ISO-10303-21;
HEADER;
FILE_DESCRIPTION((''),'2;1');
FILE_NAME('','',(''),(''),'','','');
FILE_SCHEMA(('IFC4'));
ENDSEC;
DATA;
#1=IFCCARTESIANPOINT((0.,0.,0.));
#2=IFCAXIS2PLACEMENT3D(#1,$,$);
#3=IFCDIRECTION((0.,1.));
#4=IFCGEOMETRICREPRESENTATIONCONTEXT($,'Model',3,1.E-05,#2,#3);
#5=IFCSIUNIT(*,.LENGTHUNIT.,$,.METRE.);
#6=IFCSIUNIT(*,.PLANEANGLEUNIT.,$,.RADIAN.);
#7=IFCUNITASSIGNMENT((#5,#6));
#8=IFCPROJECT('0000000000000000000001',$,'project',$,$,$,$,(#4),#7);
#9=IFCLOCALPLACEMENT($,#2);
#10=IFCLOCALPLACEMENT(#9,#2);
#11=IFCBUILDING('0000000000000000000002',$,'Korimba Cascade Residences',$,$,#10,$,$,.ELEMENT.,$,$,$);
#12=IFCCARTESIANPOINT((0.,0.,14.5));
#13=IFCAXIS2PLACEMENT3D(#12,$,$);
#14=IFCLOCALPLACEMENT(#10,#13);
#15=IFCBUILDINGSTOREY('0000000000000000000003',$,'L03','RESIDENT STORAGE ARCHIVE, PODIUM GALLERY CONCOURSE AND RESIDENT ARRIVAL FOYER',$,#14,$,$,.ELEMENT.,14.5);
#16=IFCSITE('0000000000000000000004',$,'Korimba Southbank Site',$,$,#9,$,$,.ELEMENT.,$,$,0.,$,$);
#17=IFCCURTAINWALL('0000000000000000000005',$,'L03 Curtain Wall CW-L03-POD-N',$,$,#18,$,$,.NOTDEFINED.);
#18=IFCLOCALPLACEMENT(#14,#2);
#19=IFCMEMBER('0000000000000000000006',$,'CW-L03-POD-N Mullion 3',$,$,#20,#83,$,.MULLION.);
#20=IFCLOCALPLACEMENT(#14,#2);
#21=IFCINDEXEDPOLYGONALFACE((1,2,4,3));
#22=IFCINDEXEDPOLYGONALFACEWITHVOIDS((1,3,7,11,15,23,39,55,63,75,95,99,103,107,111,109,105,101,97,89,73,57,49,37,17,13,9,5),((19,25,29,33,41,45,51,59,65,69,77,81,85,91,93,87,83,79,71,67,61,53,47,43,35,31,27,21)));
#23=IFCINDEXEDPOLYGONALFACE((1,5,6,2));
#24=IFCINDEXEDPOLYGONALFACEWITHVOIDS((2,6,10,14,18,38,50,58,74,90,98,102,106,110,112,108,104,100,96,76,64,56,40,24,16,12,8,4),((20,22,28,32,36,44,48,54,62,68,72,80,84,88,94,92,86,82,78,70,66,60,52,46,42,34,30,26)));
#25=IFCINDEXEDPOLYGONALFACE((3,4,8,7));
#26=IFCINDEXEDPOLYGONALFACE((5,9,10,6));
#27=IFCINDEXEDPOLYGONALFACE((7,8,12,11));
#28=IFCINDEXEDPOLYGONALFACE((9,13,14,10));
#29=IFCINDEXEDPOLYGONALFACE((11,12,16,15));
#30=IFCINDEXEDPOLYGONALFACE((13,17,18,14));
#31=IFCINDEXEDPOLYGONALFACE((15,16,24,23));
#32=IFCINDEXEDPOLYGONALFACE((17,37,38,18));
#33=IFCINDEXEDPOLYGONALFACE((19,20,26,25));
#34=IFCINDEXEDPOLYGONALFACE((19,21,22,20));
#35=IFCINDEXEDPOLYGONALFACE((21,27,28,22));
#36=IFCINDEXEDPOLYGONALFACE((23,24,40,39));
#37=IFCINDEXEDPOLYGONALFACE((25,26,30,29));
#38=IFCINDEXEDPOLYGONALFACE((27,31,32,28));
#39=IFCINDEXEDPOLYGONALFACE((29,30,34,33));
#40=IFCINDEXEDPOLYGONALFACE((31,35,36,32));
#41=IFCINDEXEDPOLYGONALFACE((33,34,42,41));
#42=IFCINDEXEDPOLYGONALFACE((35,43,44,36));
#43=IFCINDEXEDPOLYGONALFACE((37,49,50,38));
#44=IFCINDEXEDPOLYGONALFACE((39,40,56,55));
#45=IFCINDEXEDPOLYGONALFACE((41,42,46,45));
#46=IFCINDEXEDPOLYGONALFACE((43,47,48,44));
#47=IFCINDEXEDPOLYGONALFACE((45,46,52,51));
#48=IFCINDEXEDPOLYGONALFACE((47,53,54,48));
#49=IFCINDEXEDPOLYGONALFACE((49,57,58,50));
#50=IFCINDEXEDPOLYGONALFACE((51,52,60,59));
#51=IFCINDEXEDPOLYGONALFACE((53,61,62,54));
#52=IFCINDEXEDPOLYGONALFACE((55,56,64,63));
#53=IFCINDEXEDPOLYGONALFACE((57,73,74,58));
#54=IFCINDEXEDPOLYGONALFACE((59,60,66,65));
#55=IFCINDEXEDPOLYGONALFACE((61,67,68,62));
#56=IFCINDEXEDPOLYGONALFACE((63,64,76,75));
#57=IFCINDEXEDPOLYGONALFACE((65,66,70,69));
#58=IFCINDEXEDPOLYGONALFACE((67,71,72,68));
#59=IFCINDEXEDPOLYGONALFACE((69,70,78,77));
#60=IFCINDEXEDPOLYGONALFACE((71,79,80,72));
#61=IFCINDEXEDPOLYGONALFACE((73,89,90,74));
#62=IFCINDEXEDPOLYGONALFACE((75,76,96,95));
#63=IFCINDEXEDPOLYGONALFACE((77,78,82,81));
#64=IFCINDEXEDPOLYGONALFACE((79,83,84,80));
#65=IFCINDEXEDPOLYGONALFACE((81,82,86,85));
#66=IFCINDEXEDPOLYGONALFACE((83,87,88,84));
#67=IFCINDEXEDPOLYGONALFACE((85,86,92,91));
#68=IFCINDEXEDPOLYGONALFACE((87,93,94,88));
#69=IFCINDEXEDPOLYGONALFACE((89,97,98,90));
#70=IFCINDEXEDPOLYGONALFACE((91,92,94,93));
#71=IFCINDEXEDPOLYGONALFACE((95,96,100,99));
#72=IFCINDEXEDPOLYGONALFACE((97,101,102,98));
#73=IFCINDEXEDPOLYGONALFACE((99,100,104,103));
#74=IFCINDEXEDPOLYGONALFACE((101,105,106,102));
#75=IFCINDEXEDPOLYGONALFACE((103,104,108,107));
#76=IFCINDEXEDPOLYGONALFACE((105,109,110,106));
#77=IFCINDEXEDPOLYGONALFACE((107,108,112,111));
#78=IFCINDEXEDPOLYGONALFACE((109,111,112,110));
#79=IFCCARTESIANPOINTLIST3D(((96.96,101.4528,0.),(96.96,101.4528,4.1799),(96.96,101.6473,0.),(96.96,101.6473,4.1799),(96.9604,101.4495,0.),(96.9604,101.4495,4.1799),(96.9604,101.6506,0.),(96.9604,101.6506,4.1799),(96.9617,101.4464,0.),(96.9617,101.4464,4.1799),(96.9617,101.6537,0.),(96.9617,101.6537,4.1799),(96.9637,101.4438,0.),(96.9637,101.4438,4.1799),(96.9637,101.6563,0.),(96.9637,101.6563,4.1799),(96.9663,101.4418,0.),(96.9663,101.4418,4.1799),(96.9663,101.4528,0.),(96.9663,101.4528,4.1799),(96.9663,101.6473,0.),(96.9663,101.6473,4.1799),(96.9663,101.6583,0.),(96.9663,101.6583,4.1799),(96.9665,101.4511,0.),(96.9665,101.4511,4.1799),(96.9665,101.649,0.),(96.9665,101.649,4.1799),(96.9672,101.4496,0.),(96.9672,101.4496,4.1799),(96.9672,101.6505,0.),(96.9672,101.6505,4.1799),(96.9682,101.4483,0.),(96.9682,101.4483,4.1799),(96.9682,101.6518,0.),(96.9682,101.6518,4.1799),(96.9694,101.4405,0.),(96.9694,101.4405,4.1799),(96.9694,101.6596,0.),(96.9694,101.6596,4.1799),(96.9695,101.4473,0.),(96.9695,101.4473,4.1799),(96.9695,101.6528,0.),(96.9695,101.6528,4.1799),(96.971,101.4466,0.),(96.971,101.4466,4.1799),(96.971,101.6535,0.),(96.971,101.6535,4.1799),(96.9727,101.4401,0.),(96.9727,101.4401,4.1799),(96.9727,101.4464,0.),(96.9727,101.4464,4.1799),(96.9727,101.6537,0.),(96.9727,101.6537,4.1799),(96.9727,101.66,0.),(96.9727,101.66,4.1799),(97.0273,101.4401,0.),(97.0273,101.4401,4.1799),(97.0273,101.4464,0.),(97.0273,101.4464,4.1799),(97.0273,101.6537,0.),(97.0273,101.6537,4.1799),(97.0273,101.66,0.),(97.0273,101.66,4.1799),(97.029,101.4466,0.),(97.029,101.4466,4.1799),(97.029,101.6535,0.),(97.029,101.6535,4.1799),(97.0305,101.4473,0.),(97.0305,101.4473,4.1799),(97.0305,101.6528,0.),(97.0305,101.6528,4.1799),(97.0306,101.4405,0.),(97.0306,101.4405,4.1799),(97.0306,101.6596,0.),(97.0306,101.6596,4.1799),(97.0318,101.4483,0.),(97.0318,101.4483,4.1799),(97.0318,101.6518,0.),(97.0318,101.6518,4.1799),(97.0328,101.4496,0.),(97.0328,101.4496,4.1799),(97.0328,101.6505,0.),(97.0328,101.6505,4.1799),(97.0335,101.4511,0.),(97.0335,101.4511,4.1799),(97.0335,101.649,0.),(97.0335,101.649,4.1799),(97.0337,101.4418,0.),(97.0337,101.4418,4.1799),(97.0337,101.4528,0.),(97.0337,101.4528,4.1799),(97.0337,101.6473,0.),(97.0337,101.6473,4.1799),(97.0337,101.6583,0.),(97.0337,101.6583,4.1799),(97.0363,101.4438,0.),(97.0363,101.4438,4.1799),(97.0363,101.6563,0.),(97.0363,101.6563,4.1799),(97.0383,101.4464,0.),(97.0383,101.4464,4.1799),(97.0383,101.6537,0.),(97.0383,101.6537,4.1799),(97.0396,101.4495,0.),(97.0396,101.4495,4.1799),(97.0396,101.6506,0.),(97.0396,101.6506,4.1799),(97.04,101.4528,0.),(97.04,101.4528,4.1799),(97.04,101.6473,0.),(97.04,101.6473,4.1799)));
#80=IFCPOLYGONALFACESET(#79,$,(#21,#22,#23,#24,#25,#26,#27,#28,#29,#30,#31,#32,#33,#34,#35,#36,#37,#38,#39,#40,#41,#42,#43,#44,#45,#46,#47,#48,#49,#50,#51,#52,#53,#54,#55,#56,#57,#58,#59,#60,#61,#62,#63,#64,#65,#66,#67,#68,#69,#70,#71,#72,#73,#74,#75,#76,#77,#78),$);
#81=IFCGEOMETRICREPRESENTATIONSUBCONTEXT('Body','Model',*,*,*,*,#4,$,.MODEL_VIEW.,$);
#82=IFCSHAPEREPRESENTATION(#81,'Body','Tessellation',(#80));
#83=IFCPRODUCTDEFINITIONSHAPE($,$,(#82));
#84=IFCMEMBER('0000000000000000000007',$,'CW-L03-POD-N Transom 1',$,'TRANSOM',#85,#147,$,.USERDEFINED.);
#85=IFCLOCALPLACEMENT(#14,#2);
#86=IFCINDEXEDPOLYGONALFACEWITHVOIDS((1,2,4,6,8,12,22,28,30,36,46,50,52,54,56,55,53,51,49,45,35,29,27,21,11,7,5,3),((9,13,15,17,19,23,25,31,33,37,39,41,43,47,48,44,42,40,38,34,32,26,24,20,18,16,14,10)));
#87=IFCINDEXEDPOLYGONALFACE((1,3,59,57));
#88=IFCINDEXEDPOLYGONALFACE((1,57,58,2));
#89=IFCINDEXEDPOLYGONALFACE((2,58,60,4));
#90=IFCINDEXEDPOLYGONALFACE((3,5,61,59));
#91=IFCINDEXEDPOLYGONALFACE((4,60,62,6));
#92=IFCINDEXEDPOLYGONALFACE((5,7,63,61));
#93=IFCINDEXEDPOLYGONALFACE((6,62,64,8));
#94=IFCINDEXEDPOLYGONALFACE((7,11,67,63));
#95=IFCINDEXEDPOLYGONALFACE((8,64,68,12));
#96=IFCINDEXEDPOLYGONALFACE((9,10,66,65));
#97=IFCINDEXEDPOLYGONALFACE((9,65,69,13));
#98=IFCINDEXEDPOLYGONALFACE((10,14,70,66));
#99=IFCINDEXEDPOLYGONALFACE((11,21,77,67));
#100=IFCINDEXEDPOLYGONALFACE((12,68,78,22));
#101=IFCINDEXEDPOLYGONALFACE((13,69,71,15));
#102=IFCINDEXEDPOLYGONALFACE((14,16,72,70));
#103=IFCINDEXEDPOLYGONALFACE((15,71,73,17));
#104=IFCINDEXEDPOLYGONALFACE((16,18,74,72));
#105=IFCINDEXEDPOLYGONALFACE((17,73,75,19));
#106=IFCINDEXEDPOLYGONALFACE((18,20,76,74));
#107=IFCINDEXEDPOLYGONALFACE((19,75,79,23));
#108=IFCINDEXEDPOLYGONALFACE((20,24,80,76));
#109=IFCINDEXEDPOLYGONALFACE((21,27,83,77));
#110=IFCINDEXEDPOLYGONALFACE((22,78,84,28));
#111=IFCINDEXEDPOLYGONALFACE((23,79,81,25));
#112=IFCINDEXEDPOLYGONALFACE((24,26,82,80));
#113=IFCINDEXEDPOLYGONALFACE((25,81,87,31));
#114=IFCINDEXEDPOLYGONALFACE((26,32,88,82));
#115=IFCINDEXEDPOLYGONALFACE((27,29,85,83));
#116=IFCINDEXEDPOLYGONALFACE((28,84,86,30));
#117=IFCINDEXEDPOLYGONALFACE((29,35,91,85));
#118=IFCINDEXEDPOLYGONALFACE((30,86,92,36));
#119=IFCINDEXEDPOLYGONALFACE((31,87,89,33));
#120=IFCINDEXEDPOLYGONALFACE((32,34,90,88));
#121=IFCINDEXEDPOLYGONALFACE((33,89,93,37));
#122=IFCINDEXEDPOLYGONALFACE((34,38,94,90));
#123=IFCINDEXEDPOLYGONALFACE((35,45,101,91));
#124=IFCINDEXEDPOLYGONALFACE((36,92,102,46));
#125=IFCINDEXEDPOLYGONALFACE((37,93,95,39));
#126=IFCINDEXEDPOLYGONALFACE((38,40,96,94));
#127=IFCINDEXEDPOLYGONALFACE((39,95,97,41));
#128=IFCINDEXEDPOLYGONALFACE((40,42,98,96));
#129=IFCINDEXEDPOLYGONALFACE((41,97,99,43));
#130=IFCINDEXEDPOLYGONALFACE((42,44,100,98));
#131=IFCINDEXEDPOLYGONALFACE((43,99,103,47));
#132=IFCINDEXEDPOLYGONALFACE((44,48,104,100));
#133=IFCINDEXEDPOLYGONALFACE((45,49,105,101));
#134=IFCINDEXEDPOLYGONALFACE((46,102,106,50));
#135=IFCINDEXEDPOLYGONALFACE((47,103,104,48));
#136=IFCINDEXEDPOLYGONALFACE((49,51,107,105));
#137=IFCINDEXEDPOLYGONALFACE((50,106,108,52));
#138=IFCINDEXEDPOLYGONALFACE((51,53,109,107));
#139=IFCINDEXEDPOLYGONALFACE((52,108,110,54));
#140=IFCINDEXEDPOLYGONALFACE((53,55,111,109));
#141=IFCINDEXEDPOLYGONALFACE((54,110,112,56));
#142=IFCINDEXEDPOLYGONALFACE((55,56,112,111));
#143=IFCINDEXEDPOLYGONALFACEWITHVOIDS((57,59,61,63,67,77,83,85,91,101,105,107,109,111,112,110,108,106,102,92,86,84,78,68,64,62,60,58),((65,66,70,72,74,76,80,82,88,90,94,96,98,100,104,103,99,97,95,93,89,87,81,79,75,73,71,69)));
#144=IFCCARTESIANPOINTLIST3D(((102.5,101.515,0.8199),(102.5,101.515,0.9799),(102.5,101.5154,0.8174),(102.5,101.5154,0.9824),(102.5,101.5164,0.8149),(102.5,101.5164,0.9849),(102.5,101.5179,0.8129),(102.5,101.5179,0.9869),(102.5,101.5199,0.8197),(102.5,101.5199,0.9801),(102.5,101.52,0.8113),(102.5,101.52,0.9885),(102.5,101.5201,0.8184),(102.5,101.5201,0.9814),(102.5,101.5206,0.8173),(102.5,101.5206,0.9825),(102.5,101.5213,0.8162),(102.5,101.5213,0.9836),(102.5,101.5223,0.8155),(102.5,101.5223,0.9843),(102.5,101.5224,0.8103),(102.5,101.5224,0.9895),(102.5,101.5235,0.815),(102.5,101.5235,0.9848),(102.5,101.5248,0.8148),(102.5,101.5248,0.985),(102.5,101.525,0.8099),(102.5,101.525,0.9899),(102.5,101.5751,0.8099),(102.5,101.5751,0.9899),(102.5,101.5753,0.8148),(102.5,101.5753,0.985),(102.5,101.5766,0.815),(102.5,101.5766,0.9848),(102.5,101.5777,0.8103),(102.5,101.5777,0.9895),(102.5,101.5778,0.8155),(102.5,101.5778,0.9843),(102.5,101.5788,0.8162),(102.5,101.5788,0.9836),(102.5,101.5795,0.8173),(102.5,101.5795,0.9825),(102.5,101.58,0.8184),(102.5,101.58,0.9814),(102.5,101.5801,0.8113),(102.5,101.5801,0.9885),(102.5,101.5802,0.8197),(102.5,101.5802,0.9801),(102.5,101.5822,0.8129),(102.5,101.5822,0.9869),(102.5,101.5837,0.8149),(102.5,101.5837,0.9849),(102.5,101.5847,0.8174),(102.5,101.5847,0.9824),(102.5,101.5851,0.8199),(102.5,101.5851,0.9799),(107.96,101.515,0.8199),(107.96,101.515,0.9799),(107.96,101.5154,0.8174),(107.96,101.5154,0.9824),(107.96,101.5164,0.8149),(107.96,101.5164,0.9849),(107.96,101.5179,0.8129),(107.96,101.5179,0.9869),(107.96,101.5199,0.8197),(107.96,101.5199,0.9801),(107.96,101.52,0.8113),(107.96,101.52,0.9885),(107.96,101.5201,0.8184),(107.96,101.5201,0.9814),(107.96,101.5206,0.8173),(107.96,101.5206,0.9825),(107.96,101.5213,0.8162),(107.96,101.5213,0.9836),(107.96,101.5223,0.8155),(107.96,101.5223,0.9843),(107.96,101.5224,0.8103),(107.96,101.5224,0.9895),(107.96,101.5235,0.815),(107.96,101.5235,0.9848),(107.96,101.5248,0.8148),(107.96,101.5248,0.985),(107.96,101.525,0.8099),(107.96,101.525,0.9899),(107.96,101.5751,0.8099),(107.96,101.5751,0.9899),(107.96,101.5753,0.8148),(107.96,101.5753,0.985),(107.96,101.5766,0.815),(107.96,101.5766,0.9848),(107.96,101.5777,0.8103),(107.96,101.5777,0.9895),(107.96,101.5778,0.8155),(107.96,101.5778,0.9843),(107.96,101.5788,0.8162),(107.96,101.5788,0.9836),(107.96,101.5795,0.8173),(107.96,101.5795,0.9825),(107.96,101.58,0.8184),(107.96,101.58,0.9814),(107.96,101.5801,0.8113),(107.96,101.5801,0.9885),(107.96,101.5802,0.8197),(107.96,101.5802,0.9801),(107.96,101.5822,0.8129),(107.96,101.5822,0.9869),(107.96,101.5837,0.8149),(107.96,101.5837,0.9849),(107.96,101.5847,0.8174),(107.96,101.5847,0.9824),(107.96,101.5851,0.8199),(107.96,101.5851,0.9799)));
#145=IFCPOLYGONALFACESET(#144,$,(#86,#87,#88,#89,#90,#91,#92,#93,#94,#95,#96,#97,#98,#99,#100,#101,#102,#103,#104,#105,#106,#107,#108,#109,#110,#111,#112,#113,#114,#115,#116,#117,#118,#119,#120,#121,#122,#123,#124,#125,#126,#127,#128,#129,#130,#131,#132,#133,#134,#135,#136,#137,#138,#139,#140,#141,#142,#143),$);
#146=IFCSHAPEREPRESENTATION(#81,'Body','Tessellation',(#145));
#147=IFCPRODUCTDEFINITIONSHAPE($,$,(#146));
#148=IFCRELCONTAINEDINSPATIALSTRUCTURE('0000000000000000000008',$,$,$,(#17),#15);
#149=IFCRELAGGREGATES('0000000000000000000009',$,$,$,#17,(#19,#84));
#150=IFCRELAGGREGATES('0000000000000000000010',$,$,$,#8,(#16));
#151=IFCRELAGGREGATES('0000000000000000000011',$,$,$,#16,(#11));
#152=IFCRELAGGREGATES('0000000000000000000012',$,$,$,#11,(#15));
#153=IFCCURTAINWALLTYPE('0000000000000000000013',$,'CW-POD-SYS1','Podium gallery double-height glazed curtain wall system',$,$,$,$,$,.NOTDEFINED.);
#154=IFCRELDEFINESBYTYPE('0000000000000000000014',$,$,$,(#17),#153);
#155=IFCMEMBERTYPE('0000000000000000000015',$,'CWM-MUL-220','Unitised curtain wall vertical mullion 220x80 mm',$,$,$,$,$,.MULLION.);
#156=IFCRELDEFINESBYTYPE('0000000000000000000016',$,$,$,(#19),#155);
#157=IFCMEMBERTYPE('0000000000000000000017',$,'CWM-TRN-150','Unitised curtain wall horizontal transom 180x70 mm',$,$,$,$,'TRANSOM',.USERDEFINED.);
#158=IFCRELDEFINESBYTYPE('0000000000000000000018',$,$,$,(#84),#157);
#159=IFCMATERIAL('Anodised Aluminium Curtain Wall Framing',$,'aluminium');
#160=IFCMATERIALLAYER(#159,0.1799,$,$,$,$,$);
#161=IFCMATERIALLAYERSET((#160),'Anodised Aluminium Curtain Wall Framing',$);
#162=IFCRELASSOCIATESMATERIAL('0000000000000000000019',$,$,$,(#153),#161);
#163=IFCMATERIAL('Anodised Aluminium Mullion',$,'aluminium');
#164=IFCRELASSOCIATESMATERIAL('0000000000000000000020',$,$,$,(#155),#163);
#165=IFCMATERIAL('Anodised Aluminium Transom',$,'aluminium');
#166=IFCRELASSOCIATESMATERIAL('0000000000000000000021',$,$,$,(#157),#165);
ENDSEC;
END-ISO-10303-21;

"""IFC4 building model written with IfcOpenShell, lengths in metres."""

from ifc_helpers import new_model, si_unit, direction, frame, origin, origin_2d, place, context, subcontext, project, spatial, hollow_rectangle, extrude, material, layer, layer_set, material_profile, profile_set, type_object, element, aggregate, save


model = new_model("IFC4")

# Units and contexts
model_context = context("Model", 3, precision=1e-05, world=origin(), true_north=direction((0.0, 1.0)))
body_context = subcontext(model_context, "Body", "Model", "MODEL_VIEW")
ifc_project = project(units=[si_unit("LENGTHUNIT", "METRE"), si_unit("PLANEANGLEUNIT", "RADIAN")], contexts=[model_context])

# Site, building, storey
site_placement = place(None, origin())
site = spatial("IfcSite", under=ifc_project, at=site_placement, Name="Korimba Southbank Site", CompositionType="ELEMENT", RefElevation=0.0)
building_placement = place(site_placement, origin())
building = spatial("IfcBuilding", under=site, at=building_placement, Name="Korimba Cascade Residences", CompositionType="ELEMENT")
storey_placement = place(building_placement, frame((0.0, 0.0, 14.5)))
storey = spatial("IfcBuildingStorey", under=building, at=storey_placement, Name="L03", Description="RESIDENT STORAGE ARCHIVE, PODIUM GALLERY CONCOURSE AND RESIDENT ARRIVAL FOYER", CompositionType="ELEMENT", Elevation=14.5)

# Curtain wall, members
ifc_material_1 = material(Name="Anodised Aluminium Curtain Wall Framing", Category="aluminium")
ifc_layer_1 = layer(ifc_material_1, 0.1799)
ifc_layer_set_1 = layer_set([ifc_layer_1], Name="Anodised Aluminium Curtain Wall Framing")
curtain_wall_type = type_object("IfcCurtainWallType", Name="CW-POD-SYS1", Description="Podium gallery double-height glazed curtain wall system", PredefinedType="NOTDEFINED", material=ifc_layer_set_1)
curtain_wall_placement = place(storey_placement, origin())
curtain_wall = element("IfcCurtainWall", 1, at=curtain_wall_placement, inside=storey, type_object=curtain_wall_type, Name="L03 Curtain Wall CW-L03-POD-N", PredefinedType="NOTDEFINED")
ifc_material_2 = material(Name="Anodised Aluminium Mullion", Category="aluminium")
ifc_material_profile_1 = material_profile(ifc_material_2, hollow_rectangle(XDim=0.0801, YDim=0.22, WallThickness=0.0063, InnerFilletRadius=0.0063, OuterFilletRadius=0.0127, at=origin_2d()), Name="Anodised Aluminium Mullion")
ifc_profile_set_1 = profile_set([ifc_material_profile_1], Name="Anodised Aluminium Mullion")
member_type_1 = type_object("IfcMemberType", Name="CWM-MUL-220", Description="Unitised curtain wall vertical mullion 220x80 mm", PredefinedType="MULLION", material=ifc_profile_set_1)
member_1_placement = place(storey_placement, frame((97.0, 101.55, 0.0), z_axis=(0.0, 0.0, 1.0), x_axis=(-1.0, 0.0, 0.0)))
member_1 = element("IfcMember", 2, at=member_1_placement, type_object=member_type_1, Name="CW-L03-POD-N Mullion 3", PredefinedType="MULLION", context=body_context, shape_type="SweptSolid", body=[
    extrude(hollow_rectangle(XDim=0.0801, YDim=0.22, WallThickness=0.0063, InnerFilletRadius=0.0063, OuterFilletRadius=0.0127, at=origin_2d()), origin(), (0.0, 0.0, 1.0), 4.1799),
])
ifc_material_3 = material(Name="Anodised Aluminium Transom", Category="aluminium")
ifc_material_profile_2 = material_profile(ifc_material_3, hollow_rectangle(XDim=0.0701, YDim=0.1799, WallThickness=0.0049, InnerFilletRadius=0.0049, OuterFilletRadius=0.01, at=origin_2d()), Name="Anodised Aluminium Transom")
ifc_profile_set_2 = profile_set([ifc_material_profile_2], Name="Anodised Aluminium Transom")
member_type_2 = type_object("IfcMemberType", Name="CWM-TRN-150", Description="Unitised curtain wall horizontal transom 180x70 mm", ElementType="TRANSOM", PredefinedType="USERDEFINED", material=ifc_profile_set_2)
member_2_placement = place(storey_placement, frame((107.96, 101.55, 0.8999), z_axis=(-1.0, 0.0, 0.0), x_axis=(0.0, -1.0, 0.0)))
member_2 = element("IfcMember", 3, at=member_2_placement, type_object=member_type_2, Name="CW-L03-POD-N Transom 1", ObjectType="TRANSOM", PredefinedType="USERDEFINED", context=body_context, shape_type="SweptSolid", body=[
    extrude(hollow_rectangle(XDim=0.0701, YDim=0.1799, WallThickness=0.0049, InnerFilletRadius=0.0049, OuterFilletRadius=0.01, at=origin_2d()), origin(), (0.0, 0.0, 1.0), 5.46),
])
aggregate(curtain_wall, [member_1, member_2])

save(model, "model.ifc")
